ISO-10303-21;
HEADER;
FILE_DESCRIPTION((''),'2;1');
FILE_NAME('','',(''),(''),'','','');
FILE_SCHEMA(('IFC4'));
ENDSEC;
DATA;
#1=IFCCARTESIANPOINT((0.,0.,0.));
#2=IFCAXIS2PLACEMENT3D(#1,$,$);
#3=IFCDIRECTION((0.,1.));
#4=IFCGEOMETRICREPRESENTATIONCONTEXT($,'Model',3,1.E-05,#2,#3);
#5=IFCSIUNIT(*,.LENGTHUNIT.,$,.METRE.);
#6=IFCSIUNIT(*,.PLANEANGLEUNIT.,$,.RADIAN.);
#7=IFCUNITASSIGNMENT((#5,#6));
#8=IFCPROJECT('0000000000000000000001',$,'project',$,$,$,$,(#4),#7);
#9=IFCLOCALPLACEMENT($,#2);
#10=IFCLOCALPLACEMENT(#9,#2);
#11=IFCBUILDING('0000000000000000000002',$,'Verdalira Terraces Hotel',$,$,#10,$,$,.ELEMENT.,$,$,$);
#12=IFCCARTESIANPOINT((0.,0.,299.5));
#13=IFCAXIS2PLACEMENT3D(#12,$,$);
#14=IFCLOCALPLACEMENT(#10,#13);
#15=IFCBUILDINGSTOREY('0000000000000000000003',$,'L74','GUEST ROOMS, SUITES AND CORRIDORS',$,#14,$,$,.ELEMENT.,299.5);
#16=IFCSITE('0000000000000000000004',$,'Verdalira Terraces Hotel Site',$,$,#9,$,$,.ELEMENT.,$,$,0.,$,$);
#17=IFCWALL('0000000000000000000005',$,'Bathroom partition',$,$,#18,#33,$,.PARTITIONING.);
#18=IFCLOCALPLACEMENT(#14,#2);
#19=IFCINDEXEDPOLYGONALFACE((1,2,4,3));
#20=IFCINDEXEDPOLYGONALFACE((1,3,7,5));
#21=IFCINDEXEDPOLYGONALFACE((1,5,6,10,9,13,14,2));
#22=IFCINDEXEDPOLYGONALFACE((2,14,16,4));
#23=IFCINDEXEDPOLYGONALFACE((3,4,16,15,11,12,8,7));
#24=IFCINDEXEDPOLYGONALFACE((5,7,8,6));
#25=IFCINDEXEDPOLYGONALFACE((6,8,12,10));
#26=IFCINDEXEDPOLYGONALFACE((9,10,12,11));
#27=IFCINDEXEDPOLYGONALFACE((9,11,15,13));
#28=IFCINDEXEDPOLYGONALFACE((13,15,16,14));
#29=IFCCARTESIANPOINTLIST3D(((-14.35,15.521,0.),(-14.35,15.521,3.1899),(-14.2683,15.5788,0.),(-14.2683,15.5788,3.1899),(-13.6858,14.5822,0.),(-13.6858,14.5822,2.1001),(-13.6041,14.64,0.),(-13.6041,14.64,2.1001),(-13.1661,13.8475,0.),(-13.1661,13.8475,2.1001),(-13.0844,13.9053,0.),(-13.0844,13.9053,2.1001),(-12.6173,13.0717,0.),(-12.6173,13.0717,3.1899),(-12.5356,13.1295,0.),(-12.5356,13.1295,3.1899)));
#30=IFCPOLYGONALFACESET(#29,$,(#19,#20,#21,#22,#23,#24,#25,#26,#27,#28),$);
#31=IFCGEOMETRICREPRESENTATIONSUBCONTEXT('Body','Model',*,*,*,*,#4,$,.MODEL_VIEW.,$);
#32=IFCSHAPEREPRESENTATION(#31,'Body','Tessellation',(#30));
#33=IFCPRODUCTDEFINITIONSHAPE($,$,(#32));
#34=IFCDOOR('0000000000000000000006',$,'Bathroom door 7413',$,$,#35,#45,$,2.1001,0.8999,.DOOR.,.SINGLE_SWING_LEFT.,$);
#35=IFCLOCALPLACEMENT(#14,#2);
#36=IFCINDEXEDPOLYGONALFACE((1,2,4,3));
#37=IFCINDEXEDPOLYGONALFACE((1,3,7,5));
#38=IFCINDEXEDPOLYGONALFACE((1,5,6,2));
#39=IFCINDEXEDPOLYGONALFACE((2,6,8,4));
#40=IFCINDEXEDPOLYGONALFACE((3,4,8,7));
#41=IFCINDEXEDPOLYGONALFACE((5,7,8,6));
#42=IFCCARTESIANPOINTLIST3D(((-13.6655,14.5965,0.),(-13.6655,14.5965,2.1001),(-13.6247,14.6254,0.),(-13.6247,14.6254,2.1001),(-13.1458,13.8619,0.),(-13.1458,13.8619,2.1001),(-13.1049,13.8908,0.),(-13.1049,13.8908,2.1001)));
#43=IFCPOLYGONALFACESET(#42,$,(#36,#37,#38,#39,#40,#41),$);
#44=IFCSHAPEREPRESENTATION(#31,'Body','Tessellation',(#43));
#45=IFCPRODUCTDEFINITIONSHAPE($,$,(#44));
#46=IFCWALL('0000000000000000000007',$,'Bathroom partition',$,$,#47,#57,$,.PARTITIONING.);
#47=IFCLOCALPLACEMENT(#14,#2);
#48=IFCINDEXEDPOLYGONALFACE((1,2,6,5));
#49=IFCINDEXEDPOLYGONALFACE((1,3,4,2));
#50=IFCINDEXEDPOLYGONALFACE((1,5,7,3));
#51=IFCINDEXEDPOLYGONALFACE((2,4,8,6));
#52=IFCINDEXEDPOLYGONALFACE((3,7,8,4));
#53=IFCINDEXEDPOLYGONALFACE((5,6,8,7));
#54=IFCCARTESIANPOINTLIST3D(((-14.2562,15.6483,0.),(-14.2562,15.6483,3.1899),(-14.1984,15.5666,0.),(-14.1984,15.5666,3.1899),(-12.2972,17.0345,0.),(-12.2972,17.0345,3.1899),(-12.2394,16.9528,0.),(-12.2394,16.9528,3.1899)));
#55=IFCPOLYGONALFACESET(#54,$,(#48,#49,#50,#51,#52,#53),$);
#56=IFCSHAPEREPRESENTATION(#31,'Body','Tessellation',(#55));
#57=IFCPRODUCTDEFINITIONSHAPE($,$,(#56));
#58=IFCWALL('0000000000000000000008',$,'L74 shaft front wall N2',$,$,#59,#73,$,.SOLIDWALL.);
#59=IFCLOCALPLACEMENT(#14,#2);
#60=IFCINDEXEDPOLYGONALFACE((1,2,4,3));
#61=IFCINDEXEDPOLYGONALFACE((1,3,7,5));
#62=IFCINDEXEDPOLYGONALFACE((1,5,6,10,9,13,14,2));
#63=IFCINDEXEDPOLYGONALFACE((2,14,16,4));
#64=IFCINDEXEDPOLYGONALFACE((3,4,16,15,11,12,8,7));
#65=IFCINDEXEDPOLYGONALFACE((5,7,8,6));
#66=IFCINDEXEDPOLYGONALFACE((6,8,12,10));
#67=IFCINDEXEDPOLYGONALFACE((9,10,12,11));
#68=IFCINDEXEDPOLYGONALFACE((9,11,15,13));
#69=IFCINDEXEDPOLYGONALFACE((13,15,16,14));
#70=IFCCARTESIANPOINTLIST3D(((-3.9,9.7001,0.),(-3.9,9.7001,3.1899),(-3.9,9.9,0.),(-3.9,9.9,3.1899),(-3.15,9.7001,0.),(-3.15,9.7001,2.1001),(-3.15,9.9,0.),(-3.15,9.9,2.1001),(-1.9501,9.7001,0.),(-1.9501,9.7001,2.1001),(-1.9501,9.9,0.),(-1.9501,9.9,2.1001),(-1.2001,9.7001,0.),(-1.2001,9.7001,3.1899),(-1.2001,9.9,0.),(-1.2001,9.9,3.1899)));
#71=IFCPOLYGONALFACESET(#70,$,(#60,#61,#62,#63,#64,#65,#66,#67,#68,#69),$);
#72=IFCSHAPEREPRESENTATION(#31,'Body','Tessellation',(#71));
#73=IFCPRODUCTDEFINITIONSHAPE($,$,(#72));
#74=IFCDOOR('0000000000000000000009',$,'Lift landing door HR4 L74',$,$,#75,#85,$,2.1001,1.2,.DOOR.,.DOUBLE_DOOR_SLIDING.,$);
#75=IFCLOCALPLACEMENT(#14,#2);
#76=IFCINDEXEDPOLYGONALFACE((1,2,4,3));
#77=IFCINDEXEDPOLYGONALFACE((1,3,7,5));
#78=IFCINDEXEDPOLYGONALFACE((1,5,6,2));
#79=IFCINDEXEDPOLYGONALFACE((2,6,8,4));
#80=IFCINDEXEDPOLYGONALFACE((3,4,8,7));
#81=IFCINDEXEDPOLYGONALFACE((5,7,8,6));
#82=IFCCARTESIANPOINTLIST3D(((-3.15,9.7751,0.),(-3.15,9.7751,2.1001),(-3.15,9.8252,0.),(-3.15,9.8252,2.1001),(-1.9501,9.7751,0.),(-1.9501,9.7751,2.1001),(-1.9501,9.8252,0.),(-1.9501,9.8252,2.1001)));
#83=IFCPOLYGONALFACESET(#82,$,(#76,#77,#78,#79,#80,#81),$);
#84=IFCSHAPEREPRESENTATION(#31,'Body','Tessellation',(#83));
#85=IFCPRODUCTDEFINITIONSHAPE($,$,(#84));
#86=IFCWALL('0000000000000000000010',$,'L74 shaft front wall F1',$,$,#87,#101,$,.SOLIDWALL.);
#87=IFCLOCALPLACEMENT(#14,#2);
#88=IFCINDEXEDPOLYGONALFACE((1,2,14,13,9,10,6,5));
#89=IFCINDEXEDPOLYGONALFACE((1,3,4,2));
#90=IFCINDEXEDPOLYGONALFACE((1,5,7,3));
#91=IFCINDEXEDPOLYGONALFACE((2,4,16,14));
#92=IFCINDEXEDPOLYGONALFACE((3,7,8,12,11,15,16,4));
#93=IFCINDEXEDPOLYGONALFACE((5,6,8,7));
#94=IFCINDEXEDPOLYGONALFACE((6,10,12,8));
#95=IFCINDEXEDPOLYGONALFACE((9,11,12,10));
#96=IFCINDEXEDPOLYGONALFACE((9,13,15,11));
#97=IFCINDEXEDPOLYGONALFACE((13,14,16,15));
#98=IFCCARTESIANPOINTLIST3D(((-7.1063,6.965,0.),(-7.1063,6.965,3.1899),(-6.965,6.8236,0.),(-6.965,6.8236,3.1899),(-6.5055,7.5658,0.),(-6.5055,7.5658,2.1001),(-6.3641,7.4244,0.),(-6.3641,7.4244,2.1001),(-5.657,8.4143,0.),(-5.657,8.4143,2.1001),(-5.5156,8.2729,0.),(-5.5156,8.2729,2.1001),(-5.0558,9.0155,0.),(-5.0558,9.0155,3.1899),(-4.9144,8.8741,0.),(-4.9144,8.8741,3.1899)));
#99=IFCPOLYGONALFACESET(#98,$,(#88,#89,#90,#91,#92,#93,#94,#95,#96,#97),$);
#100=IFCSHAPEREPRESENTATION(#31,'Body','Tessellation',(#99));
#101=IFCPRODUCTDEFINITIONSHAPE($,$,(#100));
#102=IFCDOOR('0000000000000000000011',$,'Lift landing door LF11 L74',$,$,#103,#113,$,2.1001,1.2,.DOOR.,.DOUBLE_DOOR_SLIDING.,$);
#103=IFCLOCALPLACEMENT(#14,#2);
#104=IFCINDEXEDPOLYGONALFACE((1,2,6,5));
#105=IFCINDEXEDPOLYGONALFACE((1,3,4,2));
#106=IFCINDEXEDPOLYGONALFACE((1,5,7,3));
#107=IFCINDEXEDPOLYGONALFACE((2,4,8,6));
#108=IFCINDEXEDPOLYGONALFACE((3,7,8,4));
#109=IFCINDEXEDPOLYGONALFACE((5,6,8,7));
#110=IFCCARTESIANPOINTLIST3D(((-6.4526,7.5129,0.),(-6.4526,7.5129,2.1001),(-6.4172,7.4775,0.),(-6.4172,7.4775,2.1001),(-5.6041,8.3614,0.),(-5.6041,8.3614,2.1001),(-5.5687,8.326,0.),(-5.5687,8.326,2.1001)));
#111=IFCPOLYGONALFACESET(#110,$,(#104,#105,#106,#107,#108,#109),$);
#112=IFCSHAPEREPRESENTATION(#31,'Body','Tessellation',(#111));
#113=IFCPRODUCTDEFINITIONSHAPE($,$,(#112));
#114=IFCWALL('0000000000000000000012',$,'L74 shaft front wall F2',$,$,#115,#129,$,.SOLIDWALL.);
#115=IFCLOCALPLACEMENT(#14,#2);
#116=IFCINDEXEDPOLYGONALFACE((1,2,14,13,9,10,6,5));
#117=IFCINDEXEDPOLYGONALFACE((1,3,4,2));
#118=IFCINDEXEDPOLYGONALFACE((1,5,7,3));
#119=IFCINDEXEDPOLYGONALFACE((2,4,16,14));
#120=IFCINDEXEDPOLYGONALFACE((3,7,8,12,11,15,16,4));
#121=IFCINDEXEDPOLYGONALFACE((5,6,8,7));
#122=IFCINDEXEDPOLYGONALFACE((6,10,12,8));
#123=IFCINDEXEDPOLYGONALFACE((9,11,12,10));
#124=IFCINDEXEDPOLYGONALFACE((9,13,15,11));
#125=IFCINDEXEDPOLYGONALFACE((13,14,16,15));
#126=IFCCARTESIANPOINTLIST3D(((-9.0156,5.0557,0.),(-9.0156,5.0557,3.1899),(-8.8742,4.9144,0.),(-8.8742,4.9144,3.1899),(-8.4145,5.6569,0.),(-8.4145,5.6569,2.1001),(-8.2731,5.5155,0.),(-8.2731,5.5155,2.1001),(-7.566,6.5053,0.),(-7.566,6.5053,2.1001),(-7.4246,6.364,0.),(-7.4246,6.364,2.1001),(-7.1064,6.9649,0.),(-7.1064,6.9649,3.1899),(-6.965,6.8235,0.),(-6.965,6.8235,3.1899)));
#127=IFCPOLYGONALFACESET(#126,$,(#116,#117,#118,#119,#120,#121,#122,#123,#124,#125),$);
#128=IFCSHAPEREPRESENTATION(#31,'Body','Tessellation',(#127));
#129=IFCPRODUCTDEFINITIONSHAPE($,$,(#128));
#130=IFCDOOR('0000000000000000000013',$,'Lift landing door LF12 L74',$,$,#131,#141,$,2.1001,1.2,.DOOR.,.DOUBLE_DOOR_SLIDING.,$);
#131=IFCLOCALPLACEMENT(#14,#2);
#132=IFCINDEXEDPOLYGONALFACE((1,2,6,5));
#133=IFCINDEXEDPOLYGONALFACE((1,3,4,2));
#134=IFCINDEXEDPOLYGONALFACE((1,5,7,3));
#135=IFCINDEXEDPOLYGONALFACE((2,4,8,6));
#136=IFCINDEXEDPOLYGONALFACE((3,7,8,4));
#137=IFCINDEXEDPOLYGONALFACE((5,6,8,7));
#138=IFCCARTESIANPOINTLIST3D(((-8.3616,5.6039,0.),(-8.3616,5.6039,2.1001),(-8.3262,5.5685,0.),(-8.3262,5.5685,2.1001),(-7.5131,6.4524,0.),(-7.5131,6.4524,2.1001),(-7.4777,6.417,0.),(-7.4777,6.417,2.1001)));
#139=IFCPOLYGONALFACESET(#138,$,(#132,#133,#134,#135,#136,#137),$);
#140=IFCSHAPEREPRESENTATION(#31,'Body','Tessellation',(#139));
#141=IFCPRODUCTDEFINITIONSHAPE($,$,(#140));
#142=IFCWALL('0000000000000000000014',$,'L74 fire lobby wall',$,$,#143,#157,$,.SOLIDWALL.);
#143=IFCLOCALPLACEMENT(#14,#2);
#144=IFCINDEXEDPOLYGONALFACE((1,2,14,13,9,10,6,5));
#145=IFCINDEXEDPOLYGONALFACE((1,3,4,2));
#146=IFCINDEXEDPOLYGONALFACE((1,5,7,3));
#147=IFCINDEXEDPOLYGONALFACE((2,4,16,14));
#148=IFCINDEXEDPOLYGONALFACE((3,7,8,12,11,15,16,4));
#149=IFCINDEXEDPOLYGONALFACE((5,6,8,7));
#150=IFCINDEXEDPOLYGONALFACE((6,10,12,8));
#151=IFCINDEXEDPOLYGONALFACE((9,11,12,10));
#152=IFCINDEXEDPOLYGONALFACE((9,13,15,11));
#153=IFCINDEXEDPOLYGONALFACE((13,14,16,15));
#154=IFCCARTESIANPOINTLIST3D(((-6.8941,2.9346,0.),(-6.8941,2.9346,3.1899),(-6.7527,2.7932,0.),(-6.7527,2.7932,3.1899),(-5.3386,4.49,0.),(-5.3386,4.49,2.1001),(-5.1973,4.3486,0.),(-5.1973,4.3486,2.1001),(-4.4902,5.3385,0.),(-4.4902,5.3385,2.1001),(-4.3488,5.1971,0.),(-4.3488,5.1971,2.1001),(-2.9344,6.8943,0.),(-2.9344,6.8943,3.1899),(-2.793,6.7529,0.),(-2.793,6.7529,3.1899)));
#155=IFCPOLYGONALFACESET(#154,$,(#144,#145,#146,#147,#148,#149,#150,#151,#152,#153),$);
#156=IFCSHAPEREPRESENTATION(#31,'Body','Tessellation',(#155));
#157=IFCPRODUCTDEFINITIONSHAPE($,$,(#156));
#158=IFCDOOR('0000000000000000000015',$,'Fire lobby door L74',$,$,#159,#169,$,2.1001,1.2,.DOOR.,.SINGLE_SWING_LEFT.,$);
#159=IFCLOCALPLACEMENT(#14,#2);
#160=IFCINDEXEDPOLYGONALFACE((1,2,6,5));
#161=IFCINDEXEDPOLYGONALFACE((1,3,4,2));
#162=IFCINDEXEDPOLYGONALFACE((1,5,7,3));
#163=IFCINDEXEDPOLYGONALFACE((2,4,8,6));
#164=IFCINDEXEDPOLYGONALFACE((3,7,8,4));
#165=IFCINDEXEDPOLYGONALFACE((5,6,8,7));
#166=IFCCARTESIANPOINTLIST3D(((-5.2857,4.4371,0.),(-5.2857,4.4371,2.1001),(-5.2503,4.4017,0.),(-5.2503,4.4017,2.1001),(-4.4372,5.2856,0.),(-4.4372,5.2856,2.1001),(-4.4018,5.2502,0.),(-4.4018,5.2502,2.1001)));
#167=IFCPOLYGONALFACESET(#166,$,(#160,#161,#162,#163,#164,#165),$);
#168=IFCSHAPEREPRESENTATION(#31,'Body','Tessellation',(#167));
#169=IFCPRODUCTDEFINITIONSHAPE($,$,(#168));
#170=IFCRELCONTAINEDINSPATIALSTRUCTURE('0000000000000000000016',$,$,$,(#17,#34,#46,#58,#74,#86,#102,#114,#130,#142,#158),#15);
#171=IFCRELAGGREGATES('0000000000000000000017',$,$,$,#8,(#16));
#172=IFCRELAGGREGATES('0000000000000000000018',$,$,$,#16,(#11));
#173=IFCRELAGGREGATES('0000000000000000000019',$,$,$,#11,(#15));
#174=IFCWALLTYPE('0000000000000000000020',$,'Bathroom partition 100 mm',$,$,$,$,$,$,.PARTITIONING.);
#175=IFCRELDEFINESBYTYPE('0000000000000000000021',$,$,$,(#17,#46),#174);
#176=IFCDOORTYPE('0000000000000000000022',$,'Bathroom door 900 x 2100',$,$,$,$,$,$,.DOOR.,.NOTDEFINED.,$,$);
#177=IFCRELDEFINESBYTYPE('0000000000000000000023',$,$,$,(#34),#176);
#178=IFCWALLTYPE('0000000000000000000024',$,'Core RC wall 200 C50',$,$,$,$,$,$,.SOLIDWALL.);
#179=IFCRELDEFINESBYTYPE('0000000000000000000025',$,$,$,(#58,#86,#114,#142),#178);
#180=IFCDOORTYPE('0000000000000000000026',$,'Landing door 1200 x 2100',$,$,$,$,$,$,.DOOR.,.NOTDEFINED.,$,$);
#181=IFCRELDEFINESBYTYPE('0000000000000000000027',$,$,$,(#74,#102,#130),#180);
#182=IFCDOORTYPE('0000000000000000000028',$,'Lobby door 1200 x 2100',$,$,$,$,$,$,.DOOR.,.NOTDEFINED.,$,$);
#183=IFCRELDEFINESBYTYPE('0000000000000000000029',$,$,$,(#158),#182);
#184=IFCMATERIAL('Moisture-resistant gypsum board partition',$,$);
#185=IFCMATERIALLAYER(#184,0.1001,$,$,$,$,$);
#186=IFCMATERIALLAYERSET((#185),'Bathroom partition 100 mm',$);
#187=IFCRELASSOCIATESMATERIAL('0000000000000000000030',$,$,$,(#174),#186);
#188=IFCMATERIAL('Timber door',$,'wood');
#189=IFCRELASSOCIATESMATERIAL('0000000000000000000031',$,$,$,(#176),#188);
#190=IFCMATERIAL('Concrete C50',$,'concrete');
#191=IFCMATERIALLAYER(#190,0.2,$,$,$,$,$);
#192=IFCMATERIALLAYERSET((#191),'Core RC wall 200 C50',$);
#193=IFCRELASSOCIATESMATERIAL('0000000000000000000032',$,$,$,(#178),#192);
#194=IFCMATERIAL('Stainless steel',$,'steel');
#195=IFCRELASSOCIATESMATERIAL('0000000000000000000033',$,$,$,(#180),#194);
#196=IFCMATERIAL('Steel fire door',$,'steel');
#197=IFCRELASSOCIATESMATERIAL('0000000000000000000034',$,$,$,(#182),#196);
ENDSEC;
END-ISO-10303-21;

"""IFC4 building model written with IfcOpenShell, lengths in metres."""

from ifc_helpers import new_model, si_unit, direction, frame, frame_2d, origin, place, context, subcontext, project, spatial, rectangle, extrude, material, layer, layer_set, type_object, element, fill, save


model = new_model("IFC4")

# Units and contexts
model_context = context("Model", 3, precision=1e-05, world=origin(), true_north=direction((0.0, 1.0)))
body_context = subcontext(model_context, "Body", "Model", "MODEL_VIEW")
ifc_project = project(units=[si_unit("LENGTHUNIT", "METRE"), si_unit("PLANEANGLEUNIT", "RADIAN")], contexts=[model_context])

# Site, building, storey
site_placement = place(None, origin())
site = spatial("IfcSite", under=ifc_project, at=site_placement, Name="Verdalira Terraces Hotel Site", CompositionType="ELEMENT", RefElevation=0.0)
building_placement = place(site_placement, origin())
building = spatial("IfcBuilding", under=site, at=building_placement, Name="Verdalira Terraces Hotel", CompositionType="ELEMENT")
storey_placement = place(building_placement, frame((0.0, 0.0, 299.5)))
storey = spatial("IfcBuildingStorey", under=building, at=storey_placement, Name="L74", Description="GUEST ROOMS, SUITES AND CORRIDORS", CompositionType="ELEMENT", Elevation=299.5)

# Wall, opening, door
ifc_material_1 = material(Name="Moisture-resistant gypsum board partition")
ifc_layer_1 = layer(ifc_material_1, 0.1001)
ifc_layer_set_1 = layer_set([ifc_layer_1], Name="Bathroom partition 100 mm")
wall_type_1 = type_object("IfcWallType", Name="Bathroom partition 100 mm", PredefinedType="PARTITIONING", material=ifc_layer_set_1)
wall_1_placement = place(storey_placement, frame((-14.3091, 15.5498, 0.0), z_axis=(0.0, 0.0, 1.0), x_axis=(0.57753, -0.81637, 0.0)))
wall_1 = element("IfcWall", 1, at=wall_1_placement, inside=storey, type_object=wall_type_1, Name="Bathroom partition", PredefinedType="PARTITIONING", context=body_context, shape_type="SweptSolid", body=[
    extrude(rectangle(XDim=3.0002, YDim=0.1001, at=frame_2d((1.5, 0.0))), origin(), (0.0, 0.0, 1.0), 3.1899),
])
opening_1_placement = place(wall_1_placement, frame((1.1499, 0.0, 0.0)))
opening_1 = element("IfcOpeningElement", 2, at=opening_1_placement, cuts=wall_1, PredefinedType="OPENING", context=body_context, shape_type="SweptSolid", body=[
    extrude(rectangle(XDim=0.8999, YDim=2.1001, at=frame_2d((0.45, 1.05))), frame((0.0, 0.0601, 0.0), z_axis=(0.0, -1.0, 0.0), x_axis=(1.0, 0.0, 0.0)), (0.0, 0.0, 1.0), 0.1201),
])
ifc_material_2 = material(Name="Timber door", Category="wood")
door_type_1 = type_object("IfcDoorType", Name="Bathroom door 900 x 2100", OperationType="NOTDEFINED", PredefinedType="DOOR", material=ifc_material_2)
door_1_placement = place(opening_1_placement, origin())
door_1 = element("IfcDoor", 3, at=door_1_placement, inside=storey, type_object=door_type_1, Name="Bathroom door 7413", OperationType="SINGLE_SWING_LEFT", OverallHeight=2.1001, OverallWidth=0.8999, PredefinedType="DOOR", context=body_context, shape_type="SweptSolid", body=[
    extrude(rectangle(XDim=0.8999, YDim=2.1001, at=frame_2d((0.45, 1.05))), frame((0.0, 0.0249, 0.0), z_axis=(0.0, -1.0, 0.0), x_axis=(1.0, 0.0, 0.0)), (0.0, 0.0, 1.0), 0.05),
])
fill(opening_1, door_1)

# Wall
wall_2_placement = place(storey_placement, frame((-14.2273, 15.6074, 0.0), z_axis=(0.0, 0.0, 1.0), x_axis=(0.816296, 0.577633, 0.0)))
element("IfcWall", 4, at=wall_2_placement, inside=storey, type_object=wall_type_1, Name="Bathroom partition", PredefinedType="PARTITIONING", context=body_context, shape_type="SweptSolid", body=[
    extrude(rectangle(XDim=2.3999, YDim=0.1001, at=frame_2d((1.2, 0.0))), origin(), (0.0, 0.0, 1.0), 3.1899),
])

# Walls, openings, doors
ifc_material_3 = material(Name="Concrete C50", Category="concrete")
ifc_layer_2 = layer(ifc_material_3, 0.2)
ifc_layer_set_2 = layer_set([ifc_layer_2], Name="Core RC wall 200 C50")
wall_type_2 = type_object("IfcWallType", Name="Core RC wall 200 C50", PredefinedType="SOLIDWALL", material=ifc_layer_set_2)
wall_3_placement = place(storey_placement, frame((-1.2, 9.8, 0.0), z_axis=(0.0, 0.0, 1.0), x_axis=(-1.0, 0.0, 0.0)))
wall_3 = element("IfcWall", 5, at=wall_3_placement, inside=storey, type_object=wall_type_2, Name="L74 shaft front wall N2", PredefinedType="SOLIDWALL", context=body_context, shape_type="SweptSolid", body=[
    extrude(rectangle(XDim=2.7, YDim=0.2, at=frame_2d((1.3501, 0.0))), origin(), (0.0, 0.0, 1.0), 3.1899),
])
opening_2_placement = place(wall_3_placement, frame((0.75, 0.0, 0.0)))
opening_2 = element("IfcOpeningElement", 6, at=opening_2_placement, cuts=wall_3, PredefinedType="OPENING", context=body_context, shape_type="SweptSolid", body=[
    extrude(rectangle(XDim=1.2, YDim=2.1001, at=frame_2d((0.6001, 1.05))), frame((0.0, 0.1099, 0.0), z_axis=(0.0, -1.0, 0.0), x_axis=(1.0, 0.0, 0.0)), (0.0, 0.0, 1.0), 0.22),
])
ifc_material_4 = material(Name="Stainless steel", Category="steel")
door_type_2 = type_object("IfcDoorType", Name="Landing door 1200 x 2100", OperationType="NOTDEFINED", PredefinedType="DOOR", material=ifc_material_4)
door_2_placement = place(opening_2_placement, origin())
door_2 = element("IfcDoor", 7, at=door_2_placement, inside=storey, type_object=door_type_2, Name="Lift landing door HR4 L74", OperationType="DOUBLE_DOOR_SLIDING", OverallHeight=2.1001, OverallWidth=1.2, PredefinedType="DOOR", context=body_context, shape_type="SweptSolid", body=[
    extrude(rectangle(XDim=1.2, YDim=2.1001, at=frame_2d((0.6001, 1.05))), frame((0.0, 0.0249, 0.0), z_axis=(0.0, -1.0, 0.0), x_axis=(1.0, 0.0, 0.0)), (0.0, 0.0, 1.0), 0.05),
])
fill(opening_2, door_2)
wall_4_placement = place(storey_placement, frame((-4.9851, 8.9448, 0.0), z_axis=(0.0, 0.0, 1.0), x_axis=(-0.707107, -0.707107, 0.0)))
wall_4 = element("IfcWall", 8, at=wall_4_placement, inside=storey, type_object=wall_type_2, Name="L74 shaft front wall F1", PredefinedType="SOLIDWALL", context=body_context, shape_type="SweptSolid", body=[
    extrude(rectangle(XDim=2.8999, YDim=0.2, at=frame_2d((1.45, 0.0))), origin(), (0.0, 0.0, 1.0), 3.1899),
])
opening_3_placement = place(wall_4_placement, frame((0.8501, 0.0, 0.0)))
opening_3 = element("IfcOpeningElement", 9, at=opening_3_placement, cuts=wall_4, PredefinedType="OPENING", context=body_context, shape_type="SweptSolid", body=[
    extrude(rectangle(XDim=1.2, YDim=2.1001, at=frame_2d((0.6001, 1.05))), frame((0.0, 0.1099, 0.0), z_axis=(0.0, -1.0, 0.0), x_axis=(1.0, 0.0, 0.0)), (0.0, 0.0, 1.0), 0.22),
])
door_3_placement = place(opening_3_placement, origin())
door_3 = element("IfcDoor", 10, at=door_3_placement, inside=storey, type_object=door_type_2, Name="Lift landing door LF11 L74", OperationType="DOUBLE_DOOR_SLIDING", OverallHeight=2.1001, OverallWidth=1.2, PredefinedType="DOOR", context=body_context, shape_type="SweptSolid", body=[
    extrude(rectangle(XDim=1.2, YDim=2.1001, at=frame_2d((0.6001, 1.05))), frame((0.0, 0.0249, 0.0), z_axis=(0.0, -1.0, 0.0), x_axis=(1.0, 0.0, 0.0)), (0.0, 0.0, 1.0), 0.05),
])
fill(opening_3, door_3)
wall_5_placement = place(storey_placement, frame((-7.0356, 6.8943, 0.0), z_axis=(0.0, 0.0, 1.0), x_axis=(-0.707107, -0.707107, 0.0)))
wall_5 = element("IfcWall", 11, at=wall_5_placement, inside=storey, type_object=wall_type_2, Name="L74 shaft front wall F2", PredefinedType="SOLIDWALL", context=body_context, shape_type="SweptSolid", body=[
    extrude(rectangle(XDim=2.7, YDim=0.2, at=frame_2d((1.3501, 0.0))), origin(), (0.0, 0.0, 1.0), 3.1899),
])
opening_4_placement = place(wall_5_placement, frame((0.6499, 0.0, 0.0)))
opening_4 = element("IfcOpeningElement", 12, at=opening_4_placement, cuts=wall_5, PredefinedType="OPENING", context=body_context, shape_type="SweptSolid", body=[
    extrude(rectangle(XDim=1.2, YDim=2.1001, at=frame_2d((0.6001, 1.05))), frame((0.0, 0.1099, 0.0), z_axis=(0.0, -1.0, 0.0), x_axis=(1.0, 0.0, 0.0)), (0.0, 0.0, 1.0), 0.22),
])
door_4_placement = place(opening_4_placement, origin())
door_4 = element("IfcDoor", 13, at=door_4_placement, inside=storey, type_object=door_type_2, Name="Lift landing door LF12 L74", OperationType="DOUBLE_DOOR_SLIDING", OverallHeight=2.1001, OverallWidth=1.2, PredefinedType="DOOR", context=body_context, shape_type="SweptSolid", body=[
    extrude(rectangle(XDim=1.2, YDim=2.1001, at=frame_2d((0.6001, 1.05))), frame((0.0, 0.0249, 0.0), z_axis=(0.0, -1.0, 0.0), x_axis=(1.0, 0.0, 0.0)), (0.0, 0.0, 1.0), 0.05),
])
fill(opening_4, door_4)
wall_6_placement = place(storey_placement, frame((-2.8638, 6.8235, 0.0), z_axis=(0.0, 0.0, 1.0), x_axis=(-0.707107, -0.707107, 0.0)))
wall_6 = element("IfcWall", 14, at=wall_6_placement, inside=storey, type_object=wall_type_2, Name="L74 fire lobby wall", PredefinedType="SOLIDWALL", context=body_context, shape_type="SweptSolid", body=[
    extrude(rectangle(XDim=5.5999, YDim=0.2, at=frame_2d((2.7998, 0.0))), origin(), (0.0, 0.0, 1.0), 3.1899),
])
opening_5_placement = place(wall_6_placement, frame((2.2, 0.0, 0.0)))
opening_5 = element("IfcOpeningElement", 15, at=opening_5_placement, cuts=wall_6, PredefinedType="OPENING", context=body_context, shape_type="SweptSolid", body=[
    extrude(rectangle(XDim=1.2, YDim=2.1001, at=frame_2d((0.6001, 1.05))), frame((0.0, 0.1099, 0.0), z_axis=(0.0, -1.0, 0.0), x_axis=(1.0, 0.0, 0.0)), (0.0, 0.0, 1.0), 0.22),
])
ifc_material_5 = material(Name="Steel fire door", Category="steel")
door_type_3 = type_object("IfcDoorType", Name="Lobby door 1200 x 2100", OperationType="NOTDEFINED", PredefinedType="DOOR", material=ifc_material_5)
door_5_placement = place(opening_5_placement, origin())
door_5 = element("IfcDoor", 16, at=door_5_placement, inside=storey, type_object=door_type_3, Name="Fire lobby door L74", OperationType="SINGLE_SWING_LEFT", OverallHeight=2.1001, OverallWidth=1.2, PredefinedType="DOOR", context=body_context, shape_type="SweptSolid", body=[
    extrude(rectangle(XDim=1.2, YDim=2.1001, at=frame_2d((0.6001, 1.05))), frame((0.0, 0.0249, 0.0), z_axis=(0.0, -1.0, 0.0), x_axis=(1.0, 0.0, 0.0)), (0.0, 0.0, 1.0), 0.05),
])
fill(opening_5, door_5)

save(model, "model.ifc")
